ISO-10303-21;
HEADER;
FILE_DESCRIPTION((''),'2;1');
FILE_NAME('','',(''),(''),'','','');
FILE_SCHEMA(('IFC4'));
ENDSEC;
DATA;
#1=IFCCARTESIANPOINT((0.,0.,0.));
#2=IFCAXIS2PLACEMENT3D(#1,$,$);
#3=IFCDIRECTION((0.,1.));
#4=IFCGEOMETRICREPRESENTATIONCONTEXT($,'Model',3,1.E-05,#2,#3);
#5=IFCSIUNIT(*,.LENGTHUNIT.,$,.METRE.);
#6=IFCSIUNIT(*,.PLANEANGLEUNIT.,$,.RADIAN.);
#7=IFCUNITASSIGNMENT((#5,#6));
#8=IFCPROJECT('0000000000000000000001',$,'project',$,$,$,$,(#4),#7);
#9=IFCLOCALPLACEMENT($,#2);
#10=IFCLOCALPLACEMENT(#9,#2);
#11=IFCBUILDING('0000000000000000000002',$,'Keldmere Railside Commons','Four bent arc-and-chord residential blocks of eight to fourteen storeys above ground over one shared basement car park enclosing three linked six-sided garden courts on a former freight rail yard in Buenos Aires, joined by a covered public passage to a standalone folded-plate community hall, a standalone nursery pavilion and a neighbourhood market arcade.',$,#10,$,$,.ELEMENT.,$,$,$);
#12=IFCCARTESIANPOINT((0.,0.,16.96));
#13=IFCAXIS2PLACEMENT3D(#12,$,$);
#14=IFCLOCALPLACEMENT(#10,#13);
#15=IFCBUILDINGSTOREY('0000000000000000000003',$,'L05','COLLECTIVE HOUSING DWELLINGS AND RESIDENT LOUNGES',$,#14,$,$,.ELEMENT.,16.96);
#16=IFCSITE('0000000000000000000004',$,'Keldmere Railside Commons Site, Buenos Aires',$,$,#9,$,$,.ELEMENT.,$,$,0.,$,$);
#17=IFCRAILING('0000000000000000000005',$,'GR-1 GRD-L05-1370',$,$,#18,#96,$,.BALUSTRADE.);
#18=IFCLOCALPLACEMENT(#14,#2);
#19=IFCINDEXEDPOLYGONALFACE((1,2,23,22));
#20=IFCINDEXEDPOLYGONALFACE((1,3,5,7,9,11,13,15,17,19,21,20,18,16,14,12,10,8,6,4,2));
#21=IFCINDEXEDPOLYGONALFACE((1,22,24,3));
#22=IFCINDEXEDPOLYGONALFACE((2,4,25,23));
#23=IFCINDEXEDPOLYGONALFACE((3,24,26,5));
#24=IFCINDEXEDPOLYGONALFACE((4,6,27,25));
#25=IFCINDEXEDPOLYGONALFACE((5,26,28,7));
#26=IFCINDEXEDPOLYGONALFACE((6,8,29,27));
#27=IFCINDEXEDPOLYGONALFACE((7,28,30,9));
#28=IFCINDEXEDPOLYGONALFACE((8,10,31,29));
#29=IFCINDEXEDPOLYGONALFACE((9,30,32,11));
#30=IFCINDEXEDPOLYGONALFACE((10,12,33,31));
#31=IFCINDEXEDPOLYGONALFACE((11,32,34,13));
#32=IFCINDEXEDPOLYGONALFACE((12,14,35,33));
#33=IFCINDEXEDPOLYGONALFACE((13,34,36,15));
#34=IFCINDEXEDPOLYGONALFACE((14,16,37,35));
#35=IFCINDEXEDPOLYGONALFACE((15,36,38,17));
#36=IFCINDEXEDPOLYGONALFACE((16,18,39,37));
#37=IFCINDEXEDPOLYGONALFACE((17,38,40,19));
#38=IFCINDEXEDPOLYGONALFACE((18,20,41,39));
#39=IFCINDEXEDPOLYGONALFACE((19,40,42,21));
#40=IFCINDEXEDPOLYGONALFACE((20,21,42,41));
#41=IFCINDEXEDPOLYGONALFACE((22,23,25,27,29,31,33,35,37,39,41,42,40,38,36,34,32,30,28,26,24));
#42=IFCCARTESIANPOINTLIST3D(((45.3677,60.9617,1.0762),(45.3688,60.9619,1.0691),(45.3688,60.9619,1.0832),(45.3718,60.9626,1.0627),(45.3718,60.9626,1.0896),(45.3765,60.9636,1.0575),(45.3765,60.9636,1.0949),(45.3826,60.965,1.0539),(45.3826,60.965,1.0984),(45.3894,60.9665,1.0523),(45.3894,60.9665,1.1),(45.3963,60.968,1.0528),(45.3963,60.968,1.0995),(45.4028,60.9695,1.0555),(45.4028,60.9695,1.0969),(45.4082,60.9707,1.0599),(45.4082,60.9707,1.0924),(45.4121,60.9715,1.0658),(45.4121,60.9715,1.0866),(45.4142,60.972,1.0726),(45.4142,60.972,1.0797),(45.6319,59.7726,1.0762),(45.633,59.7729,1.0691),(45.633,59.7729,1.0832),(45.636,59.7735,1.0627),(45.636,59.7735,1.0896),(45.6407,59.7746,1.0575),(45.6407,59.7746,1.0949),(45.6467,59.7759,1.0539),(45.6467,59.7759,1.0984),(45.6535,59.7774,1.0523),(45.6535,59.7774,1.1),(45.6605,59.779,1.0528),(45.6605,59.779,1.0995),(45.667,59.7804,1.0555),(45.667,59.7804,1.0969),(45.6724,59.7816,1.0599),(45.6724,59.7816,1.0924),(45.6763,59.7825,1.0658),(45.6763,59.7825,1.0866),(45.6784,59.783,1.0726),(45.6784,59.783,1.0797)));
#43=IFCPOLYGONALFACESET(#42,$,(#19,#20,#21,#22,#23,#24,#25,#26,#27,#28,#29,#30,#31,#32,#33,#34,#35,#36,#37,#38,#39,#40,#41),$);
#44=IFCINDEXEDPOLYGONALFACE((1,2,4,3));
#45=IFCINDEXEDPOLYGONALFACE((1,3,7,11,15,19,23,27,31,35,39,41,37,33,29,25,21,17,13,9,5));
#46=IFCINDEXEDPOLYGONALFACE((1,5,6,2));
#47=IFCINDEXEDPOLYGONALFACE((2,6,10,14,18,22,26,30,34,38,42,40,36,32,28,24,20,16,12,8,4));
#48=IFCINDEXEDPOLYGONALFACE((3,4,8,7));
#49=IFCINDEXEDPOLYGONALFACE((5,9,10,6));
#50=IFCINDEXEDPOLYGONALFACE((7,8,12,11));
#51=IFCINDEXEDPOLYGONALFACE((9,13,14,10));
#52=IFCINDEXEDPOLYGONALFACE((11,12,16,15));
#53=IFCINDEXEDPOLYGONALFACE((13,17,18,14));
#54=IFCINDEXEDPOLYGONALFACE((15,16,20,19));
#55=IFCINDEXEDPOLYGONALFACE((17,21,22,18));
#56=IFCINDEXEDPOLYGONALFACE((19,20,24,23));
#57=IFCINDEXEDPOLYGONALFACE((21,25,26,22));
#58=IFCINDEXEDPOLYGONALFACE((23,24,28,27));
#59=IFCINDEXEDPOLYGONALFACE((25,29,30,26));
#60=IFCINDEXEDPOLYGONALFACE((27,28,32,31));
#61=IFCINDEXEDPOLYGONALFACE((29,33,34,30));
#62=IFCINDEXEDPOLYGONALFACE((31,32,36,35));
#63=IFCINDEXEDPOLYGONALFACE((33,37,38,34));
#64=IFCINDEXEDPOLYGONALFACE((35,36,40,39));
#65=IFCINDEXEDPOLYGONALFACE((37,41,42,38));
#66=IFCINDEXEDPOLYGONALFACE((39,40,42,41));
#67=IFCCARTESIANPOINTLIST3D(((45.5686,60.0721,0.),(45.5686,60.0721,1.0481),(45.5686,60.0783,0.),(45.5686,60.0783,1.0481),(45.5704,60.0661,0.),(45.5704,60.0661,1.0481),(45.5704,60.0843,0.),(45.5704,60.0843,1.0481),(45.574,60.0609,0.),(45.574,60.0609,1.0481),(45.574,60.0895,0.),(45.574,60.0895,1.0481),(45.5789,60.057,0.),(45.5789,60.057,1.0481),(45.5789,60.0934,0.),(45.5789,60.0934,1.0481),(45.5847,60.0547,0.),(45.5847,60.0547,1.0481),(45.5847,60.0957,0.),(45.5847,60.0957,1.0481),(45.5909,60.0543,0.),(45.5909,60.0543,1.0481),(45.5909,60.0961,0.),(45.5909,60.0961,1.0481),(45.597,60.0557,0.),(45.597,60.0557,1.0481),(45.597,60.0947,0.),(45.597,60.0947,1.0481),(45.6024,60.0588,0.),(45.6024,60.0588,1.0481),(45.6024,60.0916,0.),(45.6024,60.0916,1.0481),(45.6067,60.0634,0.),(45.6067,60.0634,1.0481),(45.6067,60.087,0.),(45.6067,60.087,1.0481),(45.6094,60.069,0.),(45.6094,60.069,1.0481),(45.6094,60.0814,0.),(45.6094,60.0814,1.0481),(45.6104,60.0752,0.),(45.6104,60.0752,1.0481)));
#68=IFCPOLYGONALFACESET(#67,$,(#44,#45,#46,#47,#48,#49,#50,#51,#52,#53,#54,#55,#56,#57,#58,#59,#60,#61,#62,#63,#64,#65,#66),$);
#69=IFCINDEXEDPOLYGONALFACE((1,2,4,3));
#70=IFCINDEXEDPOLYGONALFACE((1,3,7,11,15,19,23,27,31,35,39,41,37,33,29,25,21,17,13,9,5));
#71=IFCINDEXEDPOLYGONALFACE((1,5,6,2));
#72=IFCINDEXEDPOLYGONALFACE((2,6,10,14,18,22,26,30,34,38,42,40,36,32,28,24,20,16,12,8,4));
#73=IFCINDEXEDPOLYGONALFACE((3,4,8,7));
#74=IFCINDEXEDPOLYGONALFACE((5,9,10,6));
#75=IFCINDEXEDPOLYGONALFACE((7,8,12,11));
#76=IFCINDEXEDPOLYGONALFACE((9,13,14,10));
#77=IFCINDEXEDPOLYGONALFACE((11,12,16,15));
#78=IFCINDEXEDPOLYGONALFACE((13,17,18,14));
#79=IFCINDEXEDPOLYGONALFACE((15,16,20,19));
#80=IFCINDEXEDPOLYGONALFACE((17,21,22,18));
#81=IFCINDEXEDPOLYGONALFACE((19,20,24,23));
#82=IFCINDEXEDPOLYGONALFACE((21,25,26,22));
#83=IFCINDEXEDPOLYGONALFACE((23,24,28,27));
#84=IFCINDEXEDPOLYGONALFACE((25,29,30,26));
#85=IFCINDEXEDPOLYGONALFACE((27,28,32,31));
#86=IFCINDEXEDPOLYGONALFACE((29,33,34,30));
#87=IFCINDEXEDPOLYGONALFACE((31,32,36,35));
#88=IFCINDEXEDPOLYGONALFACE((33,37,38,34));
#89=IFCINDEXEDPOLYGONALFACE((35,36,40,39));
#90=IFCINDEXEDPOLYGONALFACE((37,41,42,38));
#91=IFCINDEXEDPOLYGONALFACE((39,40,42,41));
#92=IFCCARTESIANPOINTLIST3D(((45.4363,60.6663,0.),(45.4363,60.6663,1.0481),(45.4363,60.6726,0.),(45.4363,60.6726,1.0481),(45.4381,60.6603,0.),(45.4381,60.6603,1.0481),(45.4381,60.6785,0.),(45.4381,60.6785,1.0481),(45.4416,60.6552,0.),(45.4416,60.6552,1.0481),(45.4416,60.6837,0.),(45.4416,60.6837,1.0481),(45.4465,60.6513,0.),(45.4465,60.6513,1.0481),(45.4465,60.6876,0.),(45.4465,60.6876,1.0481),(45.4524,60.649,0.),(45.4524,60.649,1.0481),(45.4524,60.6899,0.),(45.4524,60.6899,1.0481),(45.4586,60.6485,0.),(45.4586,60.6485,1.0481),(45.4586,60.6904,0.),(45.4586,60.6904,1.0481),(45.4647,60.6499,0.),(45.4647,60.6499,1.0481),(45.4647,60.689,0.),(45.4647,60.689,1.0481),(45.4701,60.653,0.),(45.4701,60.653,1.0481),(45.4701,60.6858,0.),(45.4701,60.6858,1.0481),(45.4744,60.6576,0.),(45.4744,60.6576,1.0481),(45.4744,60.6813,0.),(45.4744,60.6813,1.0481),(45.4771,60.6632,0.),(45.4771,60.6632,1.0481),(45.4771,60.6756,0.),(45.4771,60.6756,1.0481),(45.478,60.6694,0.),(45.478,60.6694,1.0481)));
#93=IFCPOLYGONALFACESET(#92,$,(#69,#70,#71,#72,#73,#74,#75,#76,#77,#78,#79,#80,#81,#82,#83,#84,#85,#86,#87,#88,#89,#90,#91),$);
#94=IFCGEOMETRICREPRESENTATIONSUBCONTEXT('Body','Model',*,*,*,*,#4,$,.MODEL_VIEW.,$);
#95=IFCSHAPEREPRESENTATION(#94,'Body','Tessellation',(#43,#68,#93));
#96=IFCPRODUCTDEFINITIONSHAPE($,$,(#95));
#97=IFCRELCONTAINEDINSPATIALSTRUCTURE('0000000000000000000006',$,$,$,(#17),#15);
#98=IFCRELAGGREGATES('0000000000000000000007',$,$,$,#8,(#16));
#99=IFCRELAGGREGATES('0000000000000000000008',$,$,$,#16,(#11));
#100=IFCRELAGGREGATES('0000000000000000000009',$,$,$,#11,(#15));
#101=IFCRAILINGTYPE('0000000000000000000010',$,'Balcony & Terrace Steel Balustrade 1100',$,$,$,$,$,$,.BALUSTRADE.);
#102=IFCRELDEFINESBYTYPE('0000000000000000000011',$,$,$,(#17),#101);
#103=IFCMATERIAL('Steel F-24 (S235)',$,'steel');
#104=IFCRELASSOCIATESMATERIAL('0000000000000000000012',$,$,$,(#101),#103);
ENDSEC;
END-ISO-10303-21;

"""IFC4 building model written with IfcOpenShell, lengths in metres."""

from ifc_helpers import new_model, si_unit, direction, frame, origin, origin_2d, place, context, subcontext, project, spatial, circle, extrude, material, type_object, element, save


model = new_model("IFC4")

# Units and contexts
model_context = context("Model", 3, precision=1e-05, world=origin(), true_north=direction((0.0, 1.0)))
body_context = subcontext(model_context, "Body", "Model", "MODEL_VIEW")
ifc_project = project(units=[si_unit("LENGTHUNIT", "METRE"), si_unit("PLANEANGLEUNIT", "RADIAN")], contexts=[model_context])

# Site, building, storey
site_placement = place(None, origin())
site = spatial("IfcSite", under=ifc_project, at=site_placement, Name="Keldmere Railside Commons Site, Buenos Aires", CompositionType="ELEMENT", RefElevation=0.0)
building_placement = place(site_placement, origin())
building = spatial("IfcBuilding", under=site, at=building_placement, Name="Keldmere Railside Commons", Description="Four bent arc-and-chord residential blocks of eight to fourteen storeys above ground over one shared basement car park enclosing three linked six-sided garden courts on a former freight rail yard in Buenos Aires, joined by a covered public passage to a standalone folded-plate community hall, a standalone nursery pavilion and a neighbourhood market arcade.", CompositionType="ELEMENT")
storey_placement = place(building_placement, frame((0.0, 0.0, 16.96)))
storey = spatial("IfcBuildingStorey", under=building, at=storey_placement, Name="L05", Description="COLLECTIVE HOUSING DWELLINGS AND RESIDENT LOUNGES", CompositionType="ELEMENT", Elevation=16.96)

# Railing
ifc_material_1 = material(Name="Steel F-24 (S235)", Category="steel")
railing_type = type_object("IfcRailingType", Name="Balcony & Terrace Steel Balustrade 1100", PredefinedType="BALUSTRADE", material=ifc_material_1)
railing_1_placement = place(storey_placement, frame((45.6553, 59.7778, 0.0)))
element("IfcRailing", 1, at=railing_1_placement, inside=storey, type_object=railing_type, Name="GR-1 GRD-L05-1370", PredefinedType="BALUSTRADE", context=body_context, shape_type="SweptSolid", body=[
    extrude(circle(Radius=0.0239, at=origin_2d()), frame((0.0, 0.0, 1.0762), z_axis=(-0.216888, 0.976196, 0.0), x_axis=(-0.976196, -0.216888, 0.0)), (0.0, 0.0, 1.0), 1.218),
    extrude(circle(Radius=0.021, at=origin_2d()), frame((-0.0659, 0.2974, 0.0)), (0.0, 0.0, 1.0), 1.0481),
    extrude(circle(Radius=0.021, at=origin_2d()), frame((-0.1982, 0.8916, 0.0)), (0.0, 0.0, 1.0), 1.0481),
])

save(model, "model.ifc")
